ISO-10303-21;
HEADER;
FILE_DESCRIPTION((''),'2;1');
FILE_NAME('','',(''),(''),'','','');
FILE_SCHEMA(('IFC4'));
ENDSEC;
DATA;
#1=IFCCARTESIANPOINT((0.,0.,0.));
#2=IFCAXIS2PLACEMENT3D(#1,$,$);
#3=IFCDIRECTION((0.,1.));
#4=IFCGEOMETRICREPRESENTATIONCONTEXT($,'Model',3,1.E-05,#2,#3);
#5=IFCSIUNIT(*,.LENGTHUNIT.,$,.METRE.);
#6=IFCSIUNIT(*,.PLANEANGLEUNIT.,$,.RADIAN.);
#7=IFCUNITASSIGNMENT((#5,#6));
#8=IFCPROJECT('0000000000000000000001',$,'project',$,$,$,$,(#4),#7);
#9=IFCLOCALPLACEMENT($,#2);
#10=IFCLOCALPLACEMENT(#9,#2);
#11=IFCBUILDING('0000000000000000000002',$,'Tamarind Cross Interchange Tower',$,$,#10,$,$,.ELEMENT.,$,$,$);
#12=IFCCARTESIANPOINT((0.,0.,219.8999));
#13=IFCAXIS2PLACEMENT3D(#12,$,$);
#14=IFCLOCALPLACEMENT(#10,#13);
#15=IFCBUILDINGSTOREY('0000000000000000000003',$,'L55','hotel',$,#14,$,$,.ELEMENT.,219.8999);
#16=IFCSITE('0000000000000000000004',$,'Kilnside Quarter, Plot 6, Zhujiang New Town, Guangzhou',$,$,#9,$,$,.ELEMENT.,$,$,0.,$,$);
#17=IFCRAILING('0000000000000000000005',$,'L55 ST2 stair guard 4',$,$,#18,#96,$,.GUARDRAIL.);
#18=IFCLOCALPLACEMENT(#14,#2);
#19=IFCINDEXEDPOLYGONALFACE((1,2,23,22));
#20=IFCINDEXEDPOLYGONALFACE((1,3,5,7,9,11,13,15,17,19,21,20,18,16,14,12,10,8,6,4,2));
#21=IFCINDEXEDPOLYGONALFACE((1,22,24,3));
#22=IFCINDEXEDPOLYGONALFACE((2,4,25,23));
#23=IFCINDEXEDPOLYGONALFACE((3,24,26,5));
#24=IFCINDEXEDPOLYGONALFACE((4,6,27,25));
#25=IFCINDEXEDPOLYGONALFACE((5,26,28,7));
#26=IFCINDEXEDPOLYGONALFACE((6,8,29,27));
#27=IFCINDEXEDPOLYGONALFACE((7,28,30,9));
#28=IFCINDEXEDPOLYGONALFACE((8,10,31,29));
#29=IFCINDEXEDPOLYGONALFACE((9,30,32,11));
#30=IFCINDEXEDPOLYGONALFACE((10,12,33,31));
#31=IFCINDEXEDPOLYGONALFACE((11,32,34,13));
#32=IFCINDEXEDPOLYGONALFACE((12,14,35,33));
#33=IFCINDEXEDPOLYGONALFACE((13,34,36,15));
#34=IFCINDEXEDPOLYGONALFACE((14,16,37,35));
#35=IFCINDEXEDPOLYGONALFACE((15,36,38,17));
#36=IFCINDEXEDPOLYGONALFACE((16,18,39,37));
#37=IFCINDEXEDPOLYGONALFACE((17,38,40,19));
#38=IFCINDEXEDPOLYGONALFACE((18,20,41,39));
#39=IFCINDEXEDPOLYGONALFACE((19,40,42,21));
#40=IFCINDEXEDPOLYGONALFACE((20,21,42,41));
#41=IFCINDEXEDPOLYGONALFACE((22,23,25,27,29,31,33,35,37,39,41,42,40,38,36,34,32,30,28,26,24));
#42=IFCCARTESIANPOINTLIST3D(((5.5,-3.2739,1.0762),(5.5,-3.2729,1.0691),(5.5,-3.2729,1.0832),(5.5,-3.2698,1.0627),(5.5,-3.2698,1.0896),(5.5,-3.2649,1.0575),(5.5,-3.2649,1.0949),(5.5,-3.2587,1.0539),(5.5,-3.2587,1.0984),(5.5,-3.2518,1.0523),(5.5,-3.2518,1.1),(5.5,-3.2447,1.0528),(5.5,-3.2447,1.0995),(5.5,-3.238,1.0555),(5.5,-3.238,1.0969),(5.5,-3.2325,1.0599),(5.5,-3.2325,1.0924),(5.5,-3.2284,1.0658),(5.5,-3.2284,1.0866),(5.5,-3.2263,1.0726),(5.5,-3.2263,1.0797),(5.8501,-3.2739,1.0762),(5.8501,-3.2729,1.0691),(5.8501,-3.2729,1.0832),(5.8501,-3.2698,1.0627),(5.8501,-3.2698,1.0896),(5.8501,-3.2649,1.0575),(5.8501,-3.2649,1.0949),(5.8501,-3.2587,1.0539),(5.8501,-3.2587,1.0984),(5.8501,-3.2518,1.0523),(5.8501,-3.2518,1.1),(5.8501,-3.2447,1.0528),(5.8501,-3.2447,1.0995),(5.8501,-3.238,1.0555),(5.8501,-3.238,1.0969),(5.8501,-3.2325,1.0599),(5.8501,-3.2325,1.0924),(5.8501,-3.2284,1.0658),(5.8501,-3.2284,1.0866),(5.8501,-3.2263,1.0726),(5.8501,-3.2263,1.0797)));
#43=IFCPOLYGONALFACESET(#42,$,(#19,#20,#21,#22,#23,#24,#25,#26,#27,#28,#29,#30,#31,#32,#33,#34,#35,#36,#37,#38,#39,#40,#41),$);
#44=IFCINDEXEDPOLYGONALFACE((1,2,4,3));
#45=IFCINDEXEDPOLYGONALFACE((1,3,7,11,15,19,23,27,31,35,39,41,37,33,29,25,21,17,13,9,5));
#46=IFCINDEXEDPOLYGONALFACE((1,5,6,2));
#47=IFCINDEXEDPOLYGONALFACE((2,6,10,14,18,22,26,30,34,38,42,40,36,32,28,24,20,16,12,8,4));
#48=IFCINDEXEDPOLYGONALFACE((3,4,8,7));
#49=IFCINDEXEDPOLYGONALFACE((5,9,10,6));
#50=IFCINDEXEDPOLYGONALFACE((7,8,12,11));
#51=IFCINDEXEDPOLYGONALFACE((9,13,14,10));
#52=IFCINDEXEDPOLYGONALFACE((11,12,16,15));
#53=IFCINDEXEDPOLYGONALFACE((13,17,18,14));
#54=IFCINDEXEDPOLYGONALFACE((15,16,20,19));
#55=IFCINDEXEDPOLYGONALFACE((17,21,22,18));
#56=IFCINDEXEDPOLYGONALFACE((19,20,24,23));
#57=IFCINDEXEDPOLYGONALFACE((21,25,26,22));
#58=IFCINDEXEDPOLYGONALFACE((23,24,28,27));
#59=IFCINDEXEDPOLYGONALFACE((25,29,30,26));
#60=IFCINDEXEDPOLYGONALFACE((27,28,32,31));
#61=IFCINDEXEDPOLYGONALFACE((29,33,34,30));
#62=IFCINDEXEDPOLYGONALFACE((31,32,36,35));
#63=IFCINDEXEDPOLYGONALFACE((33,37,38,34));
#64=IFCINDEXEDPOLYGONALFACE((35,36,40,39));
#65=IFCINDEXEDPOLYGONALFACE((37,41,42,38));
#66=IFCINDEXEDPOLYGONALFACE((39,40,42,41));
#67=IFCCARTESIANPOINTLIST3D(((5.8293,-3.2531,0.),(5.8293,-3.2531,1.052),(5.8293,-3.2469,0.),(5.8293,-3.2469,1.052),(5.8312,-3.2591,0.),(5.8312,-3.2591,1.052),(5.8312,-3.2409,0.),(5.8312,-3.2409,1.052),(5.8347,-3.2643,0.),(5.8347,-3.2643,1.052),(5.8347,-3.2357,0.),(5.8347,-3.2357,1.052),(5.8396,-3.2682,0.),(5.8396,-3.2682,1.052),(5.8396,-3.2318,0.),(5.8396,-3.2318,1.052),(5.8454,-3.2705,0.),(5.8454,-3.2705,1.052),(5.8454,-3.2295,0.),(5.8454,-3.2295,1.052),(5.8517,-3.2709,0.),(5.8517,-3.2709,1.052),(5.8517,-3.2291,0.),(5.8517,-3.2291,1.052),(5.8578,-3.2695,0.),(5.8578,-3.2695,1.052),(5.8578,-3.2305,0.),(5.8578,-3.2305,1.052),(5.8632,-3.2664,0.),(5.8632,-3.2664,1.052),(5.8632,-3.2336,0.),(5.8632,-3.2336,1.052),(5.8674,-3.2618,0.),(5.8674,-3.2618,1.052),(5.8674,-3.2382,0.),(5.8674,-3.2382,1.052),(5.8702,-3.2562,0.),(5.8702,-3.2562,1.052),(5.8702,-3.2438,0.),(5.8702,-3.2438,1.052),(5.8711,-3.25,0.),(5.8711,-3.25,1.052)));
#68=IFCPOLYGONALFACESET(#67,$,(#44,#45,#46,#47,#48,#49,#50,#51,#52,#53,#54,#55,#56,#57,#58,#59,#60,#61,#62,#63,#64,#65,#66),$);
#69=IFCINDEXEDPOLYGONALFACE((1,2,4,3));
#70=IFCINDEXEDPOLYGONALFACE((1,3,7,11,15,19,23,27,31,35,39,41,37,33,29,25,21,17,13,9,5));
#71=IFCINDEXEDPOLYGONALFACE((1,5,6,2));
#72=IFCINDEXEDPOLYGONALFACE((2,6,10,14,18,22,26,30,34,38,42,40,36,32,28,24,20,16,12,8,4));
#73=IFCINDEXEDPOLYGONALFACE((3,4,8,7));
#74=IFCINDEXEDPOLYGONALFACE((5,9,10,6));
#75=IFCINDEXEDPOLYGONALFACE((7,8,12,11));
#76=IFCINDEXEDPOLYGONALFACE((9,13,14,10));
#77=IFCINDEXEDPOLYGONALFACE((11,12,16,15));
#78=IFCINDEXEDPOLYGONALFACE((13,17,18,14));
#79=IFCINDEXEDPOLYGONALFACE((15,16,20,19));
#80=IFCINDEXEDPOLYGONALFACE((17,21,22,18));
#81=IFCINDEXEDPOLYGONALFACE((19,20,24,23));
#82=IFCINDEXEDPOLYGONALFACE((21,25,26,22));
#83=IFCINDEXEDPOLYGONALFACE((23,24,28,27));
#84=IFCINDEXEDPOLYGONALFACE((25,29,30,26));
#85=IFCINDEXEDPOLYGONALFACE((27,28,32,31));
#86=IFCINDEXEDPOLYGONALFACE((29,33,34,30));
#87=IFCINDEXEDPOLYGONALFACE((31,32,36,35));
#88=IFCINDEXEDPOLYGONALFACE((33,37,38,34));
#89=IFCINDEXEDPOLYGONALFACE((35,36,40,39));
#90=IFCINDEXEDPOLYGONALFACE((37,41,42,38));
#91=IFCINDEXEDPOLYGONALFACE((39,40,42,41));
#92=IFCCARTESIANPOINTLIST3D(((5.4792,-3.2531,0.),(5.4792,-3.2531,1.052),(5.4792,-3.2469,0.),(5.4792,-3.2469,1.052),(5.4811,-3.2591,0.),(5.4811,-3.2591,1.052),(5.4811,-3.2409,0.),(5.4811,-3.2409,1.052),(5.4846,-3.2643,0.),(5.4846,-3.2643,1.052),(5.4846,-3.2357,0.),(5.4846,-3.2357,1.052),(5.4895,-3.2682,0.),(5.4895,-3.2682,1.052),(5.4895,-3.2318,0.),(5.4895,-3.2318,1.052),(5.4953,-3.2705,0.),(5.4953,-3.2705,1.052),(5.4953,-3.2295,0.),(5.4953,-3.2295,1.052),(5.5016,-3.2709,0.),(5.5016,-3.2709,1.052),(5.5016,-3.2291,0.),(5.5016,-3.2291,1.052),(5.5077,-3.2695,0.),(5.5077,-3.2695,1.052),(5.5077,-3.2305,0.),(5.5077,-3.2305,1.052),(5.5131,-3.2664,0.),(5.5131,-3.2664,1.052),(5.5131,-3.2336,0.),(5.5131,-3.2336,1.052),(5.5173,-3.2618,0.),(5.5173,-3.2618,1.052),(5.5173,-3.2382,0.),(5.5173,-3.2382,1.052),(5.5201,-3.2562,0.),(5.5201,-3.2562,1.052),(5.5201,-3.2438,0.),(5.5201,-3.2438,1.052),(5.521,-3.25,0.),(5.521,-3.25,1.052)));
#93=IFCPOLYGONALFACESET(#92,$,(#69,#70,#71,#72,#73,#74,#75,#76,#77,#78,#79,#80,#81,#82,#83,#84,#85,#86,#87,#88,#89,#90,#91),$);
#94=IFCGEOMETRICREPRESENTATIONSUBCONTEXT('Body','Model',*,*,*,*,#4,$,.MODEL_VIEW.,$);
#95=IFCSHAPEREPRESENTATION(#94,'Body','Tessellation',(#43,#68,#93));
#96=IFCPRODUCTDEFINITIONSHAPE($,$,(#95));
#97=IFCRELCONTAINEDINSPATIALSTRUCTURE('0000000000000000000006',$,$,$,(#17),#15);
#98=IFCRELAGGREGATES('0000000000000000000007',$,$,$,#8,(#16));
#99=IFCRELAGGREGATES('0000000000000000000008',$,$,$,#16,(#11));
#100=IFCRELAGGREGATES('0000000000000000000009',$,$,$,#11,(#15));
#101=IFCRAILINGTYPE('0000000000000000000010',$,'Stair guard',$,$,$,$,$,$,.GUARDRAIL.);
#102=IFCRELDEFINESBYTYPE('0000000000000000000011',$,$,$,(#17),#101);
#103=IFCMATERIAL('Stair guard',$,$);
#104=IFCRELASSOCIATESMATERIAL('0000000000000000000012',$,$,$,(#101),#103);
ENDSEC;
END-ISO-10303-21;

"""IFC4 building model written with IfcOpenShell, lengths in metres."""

from ifc_helpers import new_model, si_unit, direction, frame, origin, origin_2d, place, context, subcontext, project, spatial, circle, extrude, material, type_object, element, save


model = new_model("IFC4")

# Units and contexts
model_context = context("Model", 3, precision=1e-05, world=origin(), true_north=direction((0.0, 1.0)))
body_context = subcontext(model_context, "Body", "Model", "MODEL_VIEW")
ifc_project = project(units=[si_unit("LENGTHUNIT", "METRE"), si_unit("PLANEANGLEUNIT", "RADIAN")], contexts=[model_context])

# Site, building, storey
site_placement = place(None, origin())
site = spatial("IfcSite", under=ifc_project, at=site_placement, Name="Kilnside Quarter, Plot 6, Zhujiang New Town, Guangzhou", CompositionType="ELEMENT", RefElevation=0.0)
building_placement = place(site_placement, origin())
building = spatial("IfcBuilding", under=site, at=building_placement, Name="Tamarind Cross Interchange Tower", CompositionType="ELEMENT")
storey_placement = place(building_placement, frame((0.0, 0.0, 219.8999)))
storey = spatial("IfcBuildingStorey", under=building, at=storey_placement, Name="L55", Description="hotel", CompositionType="ELEMENT", Elevation=219.8999)

# Railing
ifc_material_1 = material(Name="Stair guard")
railing_type_1 = type_object("IfcRailingType", Name="Stair guard", PredefinedType="GUARDRAIL", material=ifc_material_1)
railing_1_placement = place(storey_placement, frame((5.8501, -3.25, 0.0)))
element("IfcRailing", 1, at=railing_1_placement, inside=storey, type_object=railing_type_1, Name="L55 ST2 stair guard 4", PredefinedType="GUARDRAIL", context=body_context, shape_type="SweptSolid", body=[
    extrude(circle(Radius=0.0239, at=origin_2d()), frame((0.0, 0.0, 1.0762), z_axis=(-1.0, 0.0, 0.0), x_axis=(0.0, -1.0, 0.0)), (0.0, 0.0, 1.0), 0.3501),
    extrude(circle(Radius=0.021, at=origin_2d()), origin(), (0.0, 0.0, 1.0), 1.052),
    extrude(circle(Radius=0.021, at=origin_2d()), frame((-0.3501, 0.0, 0.0)), (0.0, 0.0, 1.0), 1.052),
])

save(model, "model.ifc")
